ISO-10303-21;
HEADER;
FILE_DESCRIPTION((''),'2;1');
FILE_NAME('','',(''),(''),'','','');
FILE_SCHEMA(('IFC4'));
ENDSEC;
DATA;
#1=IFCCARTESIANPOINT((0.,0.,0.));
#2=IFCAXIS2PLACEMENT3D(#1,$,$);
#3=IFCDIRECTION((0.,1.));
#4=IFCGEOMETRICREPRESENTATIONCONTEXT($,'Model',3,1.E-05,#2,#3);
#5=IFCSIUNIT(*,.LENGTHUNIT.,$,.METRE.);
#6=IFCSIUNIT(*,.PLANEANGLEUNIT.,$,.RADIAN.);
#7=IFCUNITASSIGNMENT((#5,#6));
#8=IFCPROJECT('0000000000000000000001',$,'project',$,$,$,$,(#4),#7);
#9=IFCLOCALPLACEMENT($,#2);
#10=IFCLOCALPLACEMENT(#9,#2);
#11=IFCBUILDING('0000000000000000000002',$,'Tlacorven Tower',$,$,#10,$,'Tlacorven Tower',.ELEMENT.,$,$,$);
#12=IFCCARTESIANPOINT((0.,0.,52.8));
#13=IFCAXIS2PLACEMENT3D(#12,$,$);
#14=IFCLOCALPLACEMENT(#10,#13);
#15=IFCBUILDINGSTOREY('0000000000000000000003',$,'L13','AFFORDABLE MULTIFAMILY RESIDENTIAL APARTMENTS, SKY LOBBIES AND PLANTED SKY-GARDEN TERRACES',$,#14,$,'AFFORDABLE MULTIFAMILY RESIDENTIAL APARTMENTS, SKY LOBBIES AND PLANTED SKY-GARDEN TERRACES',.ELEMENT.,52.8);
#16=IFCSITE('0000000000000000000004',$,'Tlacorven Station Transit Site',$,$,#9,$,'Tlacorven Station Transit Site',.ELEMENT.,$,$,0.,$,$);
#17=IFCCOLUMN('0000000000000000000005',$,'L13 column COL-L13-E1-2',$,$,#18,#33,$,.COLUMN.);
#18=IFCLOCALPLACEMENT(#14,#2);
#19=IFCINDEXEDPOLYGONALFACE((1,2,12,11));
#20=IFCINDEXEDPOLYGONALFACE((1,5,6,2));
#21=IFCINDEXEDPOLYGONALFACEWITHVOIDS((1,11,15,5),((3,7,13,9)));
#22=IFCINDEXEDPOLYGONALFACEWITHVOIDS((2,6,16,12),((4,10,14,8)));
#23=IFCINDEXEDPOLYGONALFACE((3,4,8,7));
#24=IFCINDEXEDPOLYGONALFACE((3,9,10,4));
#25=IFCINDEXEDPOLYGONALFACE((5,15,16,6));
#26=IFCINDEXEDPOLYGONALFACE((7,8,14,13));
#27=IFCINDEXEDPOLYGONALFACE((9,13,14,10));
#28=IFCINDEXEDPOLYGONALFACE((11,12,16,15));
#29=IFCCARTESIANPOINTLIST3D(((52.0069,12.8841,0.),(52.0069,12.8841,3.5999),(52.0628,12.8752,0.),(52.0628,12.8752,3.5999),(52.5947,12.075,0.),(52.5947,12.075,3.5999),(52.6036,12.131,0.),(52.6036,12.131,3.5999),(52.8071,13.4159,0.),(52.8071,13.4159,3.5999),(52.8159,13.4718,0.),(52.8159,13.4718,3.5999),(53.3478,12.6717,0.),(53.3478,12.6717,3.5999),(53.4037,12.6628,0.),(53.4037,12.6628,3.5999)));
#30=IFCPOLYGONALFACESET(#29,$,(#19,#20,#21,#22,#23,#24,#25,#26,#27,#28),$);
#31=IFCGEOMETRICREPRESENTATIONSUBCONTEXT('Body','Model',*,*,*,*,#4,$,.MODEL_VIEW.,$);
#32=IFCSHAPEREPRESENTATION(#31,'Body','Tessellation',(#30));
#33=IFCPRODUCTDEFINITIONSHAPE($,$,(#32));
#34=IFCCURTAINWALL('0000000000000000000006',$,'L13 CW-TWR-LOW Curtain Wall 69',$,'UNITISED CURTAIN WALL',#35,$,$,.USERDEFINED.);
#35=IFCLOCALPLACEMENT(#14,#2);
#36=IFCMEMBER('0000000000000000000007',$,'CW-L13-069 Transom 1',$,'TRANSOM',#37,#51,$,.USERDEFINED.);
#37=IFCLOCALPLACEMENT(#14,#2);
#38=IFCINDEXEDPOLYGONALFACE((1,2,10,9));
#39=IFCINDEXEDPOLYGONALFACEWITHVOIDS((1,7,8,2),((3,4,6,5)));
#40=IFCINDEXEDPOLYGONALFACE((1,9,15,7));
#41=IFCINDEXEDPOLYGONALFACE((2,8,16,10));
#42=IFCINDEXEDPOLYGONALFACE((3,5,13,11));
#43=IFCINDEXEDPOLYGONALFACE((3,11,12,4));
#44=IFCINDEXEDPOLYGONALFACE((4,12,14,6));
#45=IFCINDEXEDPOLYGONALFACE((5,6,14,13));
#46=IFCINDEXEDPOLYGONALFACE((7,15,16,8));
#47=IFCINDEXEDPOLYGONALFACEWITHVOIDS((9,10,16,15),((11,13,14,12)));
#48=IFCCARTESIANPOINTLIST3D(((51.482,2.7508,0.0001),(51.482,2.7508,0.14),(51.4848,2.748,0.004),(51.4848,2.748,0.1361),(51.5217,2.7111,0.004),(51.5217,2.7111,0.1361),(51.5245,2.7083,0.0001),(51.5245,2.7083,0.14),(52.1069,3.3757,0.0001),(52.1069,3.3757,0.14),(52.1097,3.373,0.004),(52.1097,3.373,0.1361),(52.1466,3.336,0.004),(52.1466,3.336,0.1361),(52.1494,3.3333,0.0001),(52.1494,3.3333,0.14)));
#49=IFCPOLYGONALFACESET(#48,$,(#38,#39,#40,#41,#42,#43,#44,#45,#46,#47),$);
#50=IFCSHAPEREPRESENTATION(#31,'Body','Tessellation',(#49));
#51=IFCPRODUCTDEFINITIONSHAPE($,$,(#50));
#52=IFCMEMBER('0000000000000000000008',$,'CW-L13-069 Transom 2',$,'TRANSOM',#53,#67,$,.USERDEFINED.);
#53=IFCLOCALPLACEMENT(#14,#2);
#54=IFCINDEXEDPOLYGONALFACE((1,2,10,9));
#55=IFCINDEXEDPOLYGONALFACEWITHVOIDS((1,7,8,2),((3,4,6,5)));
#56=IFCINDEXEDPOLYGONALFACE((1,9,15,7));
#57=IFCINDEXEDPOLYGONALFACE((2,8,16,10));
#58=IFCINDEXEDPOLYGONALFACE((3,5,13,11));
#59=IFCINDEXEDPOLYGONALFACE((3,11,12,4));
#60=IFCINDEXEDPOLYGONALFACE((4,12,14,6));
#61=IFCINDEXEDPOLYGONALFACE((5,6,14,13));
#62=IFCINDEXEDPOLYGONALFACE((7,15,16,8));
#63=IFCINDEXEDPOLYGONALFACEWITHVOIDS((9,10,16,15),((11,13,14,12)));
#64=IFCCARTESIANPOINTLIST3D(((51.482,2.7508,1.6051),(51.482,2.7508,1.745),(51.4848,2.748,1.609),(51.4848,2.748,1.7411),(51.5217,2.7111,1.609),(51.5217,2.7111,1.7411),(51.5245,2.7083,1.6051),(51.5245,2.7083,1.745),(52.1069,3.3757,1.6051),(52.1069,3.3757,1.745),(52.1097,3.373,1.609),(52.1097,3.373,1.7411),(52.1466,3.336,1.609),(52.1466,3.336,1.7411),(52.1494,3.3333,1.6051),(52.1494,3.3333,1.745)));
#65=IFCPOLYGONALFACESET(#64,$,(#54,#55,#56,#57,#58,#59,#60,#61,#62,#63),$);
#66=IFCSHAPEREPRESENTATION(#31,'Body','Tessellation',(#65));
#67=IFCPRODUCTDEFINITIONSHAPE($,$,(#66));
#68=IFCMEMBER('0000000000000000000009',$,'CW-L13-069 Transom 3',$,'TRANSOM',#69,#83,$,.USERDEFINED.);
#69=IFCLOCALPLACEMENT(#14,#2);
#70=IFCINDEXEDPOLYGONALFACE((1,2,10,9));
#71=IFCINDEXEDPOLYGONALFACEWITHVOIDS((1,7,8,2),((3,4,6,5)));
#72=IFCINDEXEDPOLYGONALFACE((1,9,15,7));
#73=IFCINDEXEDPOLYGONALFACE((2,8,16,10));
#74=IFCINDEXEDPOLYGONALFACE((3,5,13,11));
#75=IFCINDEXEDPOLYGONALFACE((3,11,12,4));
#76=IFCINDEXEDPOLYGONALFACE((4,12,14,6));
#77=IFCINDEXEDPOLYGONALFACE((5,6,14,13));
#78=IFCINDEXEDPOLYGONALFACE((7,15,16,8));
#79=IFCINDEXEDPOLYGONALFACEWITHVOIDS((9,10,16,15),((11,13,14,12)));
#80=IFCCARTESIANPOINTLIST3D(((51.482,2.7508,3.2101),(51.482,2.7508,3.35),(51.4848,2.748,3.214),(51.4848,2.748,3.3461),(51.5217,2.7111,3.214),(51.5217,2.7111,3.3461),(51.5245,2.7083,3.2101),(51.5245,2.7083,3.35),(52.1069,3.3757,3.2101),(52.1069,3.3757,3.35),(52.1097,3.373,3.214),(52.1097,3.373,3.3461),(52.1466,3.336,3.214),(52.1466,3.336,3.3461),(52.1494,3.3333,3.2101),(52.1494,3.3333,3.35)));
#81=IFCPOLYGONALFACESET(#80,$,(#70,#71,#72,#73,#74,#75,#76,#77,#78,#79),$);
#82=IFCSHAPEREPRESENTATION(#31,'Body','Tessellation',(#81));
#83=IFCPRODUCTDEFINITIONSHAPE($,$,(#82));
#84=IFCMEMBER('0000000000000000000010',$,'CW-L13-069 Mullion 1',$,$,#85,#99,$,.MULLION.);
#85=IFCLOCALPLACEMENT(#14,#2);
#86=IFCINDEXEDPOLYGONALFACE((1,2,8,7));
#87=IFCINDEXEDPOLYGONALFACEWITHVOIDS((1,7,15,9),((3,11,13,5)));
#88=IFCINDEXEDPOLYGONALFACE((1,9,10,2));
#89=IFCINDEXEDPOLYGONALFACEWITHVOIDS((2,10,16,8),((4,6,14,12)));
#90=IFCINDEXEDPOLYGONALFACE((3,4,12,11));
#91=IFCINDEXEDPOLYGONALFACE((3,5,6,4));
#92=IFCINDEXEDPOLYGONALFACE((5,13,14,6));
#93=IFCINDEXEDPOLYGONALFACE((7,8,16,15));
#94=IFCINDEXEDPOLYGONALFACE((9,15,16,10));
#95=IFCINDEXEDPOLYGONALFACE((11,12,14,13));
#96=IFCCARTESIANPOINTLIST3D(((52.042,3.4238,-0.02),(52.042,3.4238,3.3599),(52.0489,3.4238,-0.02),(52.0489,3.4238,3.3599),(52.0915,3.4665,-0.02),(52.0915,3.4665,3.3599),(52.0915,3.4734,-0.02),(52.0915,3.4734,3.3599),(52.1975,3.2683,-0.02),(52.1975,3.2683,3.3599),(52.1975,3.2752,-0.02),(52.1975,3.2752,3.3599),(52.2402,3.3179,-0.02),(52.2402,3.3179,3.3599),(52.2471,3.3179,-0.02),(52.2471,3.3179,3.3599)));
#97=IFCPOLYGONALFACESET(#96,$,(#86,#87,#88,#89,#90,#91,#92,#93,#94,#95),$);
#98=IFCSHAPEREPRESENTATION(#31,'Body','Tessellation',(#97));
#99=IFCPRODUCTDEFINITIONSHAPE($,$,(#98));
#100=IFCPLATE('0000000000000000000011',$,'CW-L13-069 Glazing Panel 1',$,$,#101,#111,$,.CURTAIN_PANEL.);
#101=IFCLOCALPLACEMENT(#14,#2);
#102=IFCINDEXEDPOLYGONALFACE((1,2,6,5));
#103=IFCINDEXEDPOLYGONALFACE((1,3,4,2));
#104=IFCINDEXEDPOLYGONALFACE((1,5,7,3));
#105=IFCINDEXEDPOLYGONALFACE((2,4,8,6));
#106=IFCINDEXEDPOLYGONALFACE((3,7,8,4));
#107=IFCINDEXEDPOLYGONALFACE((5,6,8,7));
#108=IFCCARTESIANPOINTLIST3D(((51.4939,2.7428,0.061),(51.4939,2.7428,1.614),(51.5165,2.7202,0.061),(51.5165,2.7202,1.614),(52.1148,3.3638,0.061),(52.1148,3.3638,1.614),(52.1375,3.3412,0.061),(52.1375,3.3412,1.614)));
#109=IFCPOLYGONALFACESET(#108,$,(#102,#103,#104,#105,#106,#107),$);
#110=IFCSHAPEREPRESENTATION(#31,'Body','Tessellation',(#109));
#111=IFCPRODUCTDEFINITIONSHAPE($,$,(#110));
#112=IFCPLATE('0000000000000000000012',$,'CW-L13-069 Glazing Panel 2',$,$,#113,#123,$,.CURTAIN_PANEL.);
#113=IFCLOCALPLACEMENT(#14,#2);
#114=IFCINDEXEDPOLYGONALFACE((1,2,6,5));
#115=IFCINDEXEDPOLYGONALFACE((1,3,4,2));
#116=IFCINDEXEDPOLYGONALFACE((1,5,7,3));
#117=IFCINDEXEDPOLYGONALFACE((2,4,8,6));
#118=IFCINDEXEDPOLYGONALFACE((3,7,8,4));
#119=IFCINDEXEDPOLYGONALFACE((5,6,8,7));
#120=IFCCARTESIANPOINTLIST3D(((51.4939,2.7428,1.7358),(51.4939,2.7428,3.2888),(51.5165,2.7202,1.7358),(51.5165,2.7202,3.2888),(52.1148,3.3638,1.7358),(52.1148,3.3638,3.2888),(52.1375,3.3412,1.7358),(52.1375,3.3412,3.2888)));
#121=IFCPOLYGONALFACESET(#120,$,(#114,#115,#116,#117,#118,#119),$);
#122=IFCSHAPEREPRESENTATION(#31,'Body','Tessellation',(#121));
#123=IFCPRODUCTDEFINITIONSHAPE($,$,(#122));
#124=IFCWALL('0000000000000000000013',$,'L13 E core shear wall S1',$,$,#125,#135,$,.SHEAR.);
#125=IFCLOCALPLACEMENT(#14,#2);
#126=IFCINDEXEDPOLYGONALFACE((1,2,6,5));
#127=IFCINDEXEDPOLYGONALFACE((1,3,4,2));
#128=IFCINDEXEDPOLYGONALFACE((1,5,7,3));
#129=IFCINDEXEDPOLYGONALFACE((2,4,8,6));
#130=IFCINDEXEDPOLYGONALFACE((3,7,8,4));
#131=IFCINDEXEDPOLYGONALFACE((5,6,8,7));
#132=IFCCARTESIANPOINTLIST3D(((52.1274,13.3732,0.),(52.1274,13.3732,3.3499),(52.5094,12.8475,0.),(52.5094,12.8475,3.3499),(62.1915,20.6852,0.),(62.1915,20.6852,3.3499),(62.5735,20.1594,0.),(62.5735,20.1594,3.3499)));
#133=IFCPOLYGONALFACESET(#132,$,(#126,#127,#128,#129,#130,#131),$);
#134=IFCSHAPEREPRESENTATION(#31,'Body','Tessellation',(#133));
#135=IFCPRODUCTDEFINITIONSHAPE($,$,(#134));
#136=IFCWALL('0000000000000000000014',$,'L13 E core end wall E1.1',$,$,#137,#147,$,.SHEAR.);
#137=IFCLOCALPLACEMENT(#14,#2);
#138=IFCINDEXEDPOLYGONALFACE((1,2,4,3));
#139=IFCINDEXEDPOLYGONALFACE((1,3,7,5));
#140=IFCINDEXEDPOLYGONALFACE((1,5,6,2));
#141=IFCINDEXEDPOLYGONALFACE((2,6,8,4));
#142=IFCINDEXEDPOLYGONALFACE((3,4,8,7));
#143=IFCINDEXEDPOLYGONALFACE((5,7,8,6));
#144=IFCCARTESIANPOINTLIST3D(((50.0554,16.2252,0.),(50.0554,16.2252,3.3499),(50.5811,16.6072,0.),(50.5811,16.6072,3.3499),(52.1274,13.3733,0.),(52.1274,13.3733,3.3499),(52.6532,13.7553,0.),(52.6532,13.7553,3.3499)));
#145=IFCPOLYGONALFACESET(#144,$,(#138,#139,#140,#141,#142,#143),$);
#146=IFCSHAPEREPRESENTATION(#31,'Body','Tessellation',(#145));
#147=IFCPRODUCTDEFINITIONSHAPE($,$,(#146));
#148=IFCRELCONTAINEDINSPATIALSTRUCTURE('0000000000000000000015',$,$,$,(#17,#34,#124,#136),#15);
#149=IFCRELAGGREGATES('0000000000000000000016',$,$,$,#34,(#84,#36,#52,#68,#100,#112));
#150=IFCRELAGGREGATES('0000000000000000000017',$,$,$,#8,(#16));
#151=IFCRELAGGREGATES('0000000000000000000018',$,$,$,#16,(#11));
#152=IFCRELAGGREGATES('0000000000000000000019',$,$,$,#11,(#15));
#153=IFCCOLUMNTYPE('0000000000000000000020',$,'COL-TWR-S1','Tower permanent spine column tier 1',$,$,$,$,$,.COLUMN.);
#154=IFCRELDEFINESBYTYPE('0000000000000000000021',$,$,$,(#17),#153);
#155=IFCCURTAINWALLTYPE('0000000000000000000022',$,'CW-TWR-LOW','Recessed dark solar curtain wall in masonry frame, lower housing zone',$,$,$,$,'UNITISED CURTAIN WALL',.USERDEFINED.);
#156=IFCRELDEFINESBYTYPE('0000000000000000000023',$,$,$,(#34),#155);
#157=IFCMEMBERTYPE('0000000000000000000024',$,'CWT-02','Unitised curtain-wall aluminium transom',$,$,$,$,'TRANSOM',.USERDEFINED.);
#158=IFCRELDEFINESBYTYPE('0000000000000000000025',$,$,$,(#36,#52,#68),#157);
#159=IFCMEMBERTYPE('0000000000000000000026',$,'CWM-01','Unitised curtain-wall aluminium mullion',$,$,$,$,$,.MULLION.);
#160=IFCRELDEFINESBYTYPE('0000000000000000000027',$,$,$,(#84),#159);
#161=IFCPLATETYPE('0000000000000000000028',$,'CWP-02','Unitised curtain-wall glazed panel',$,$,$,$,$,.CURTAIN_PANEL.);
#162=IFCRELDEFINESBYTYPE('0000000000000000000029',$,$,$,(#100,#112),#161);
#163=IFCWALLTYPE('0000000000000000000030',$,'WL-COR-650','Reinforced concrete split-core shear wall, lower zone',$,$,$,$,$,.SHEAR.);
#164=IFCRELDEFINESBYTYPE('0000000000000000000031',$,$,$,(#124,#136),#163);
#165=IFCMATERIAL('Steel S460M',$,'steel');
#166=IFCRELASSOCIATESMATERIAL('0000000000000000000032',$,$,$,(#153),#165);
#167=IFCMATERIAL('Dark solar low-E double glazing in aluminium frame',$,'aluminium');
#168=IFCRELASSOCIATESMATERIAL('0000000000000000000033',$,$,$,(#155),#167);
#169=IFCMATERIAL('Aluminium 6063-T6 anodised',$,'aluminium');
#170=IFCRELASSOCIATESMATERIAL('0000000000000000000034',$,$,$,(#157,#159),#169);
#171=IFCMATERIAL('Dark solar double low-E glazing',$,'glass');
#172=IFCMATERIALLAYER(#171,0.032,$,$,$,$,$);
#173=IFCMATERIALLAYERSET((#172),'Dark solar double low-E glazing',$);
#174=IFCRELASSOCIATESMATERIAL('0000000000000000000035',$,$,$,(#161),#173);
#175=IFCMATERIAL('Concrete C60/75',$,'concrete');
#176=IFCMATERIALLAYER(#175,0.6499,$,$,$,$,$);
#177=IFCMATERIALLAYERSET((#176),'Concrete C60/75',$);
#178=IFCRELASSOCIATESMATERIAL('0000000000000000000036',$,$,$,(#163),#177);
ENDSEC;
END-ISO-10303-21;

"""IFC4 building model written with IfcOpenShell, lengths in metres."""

from ifc_helpers import new_model, si_unit, direction, frame, frame_2d, origin, origin_2d, place, context, subcontext, project, spatial, rectangle, hollow_rectangle, extrude, source, transform, mapped, material, layer, layer_set, material_profile, profile_set, type_object, element, aggregate, save


model = new_model("IFC4")

# Units and contexts
model_context = context("Model", 3, precision=1e-05, world=origin(), true_north=direction((0.0, 1.0)))
body_context = subcontext(model_context, "Body", "Model", "MODEL_VIEW")
ifc_project = project(units=[si_unit("LENGTHUNIT", "METRE"), si_unit("PLANEANGLEUNIT", "RADIAN")], contexts=[model_context])

# Site, building, storey
site_placement = place(None, origin())
site = spatial("IfcSite", under=ifc_project, at=site_placement, Name="Tlacorven Station Transit Site", LongName="Tlacorven Station Transit Site", CompositionType="ELEMENT", RefElevation=0.0)
building_placement = place(site_placement, origin())
building = spatial("IfcBuilding", under=site, at=building_placement, Name="Tlacorven Tower", LongName="Tlacorven Tower", CompositionType="ELEMENT")
storey_placement = place(building_placement, frame((0.0, 0.0, 52.8)))
storey = spatial("IfcBuildingStorey", under=building, at=storey_placement, Name="L13", Description="AFFORDABLE MULTIFAMILY RESIDENTIAL APARTMENTS, SKY LOBBIES AND PLANTED SKY-GARDEN TERRACES", LongName="AFFORDABLE MULTIFAMILY RESIDENTIAL APARTMENTS, SKY LOBBIES AND PLANTED SKY-GARDEN TERRACES", CompositionType="ELEMENT", Elevation=52.8)

# Column
ifc_material_1 = material(Name="Steel S460M", Category="steel")
ifc_material_profile_1 = material_profile(ifc_material_1, hollow_rectangle(XDim=1.0, YDim=1.0, WallThickness=0.04, at=origin_2d()), Name="BOX 1000X1000X40")
ifc_profile_set_1 = profile_set([ifc_material_profile_1], Name="Steel S460M")
column_type = type_object("IfcColumnType", Name="COL-TWR-S1", Description="Tower permanent spine column tier 1", PredefinedType="COLUMN", material=ifc_profile_set_1)
shared_shape_1 = source(origin(), body_context, "Body", "SweptSolid", [
    extrude(hollow_rectangle(XDim=1.0, YDim=1.0, WallThickness=0.04, at=origin_2d()), origin(), (0.0, 0.0, 1.0), 3.5999),
])
column_placement = place(storey_placement, frame((52.7053, 12.7734, 0.0), z_axis=(0.0, 0.0, 1.0), x_axis=(0.809017, 0.587785, 0.0)))
element("IfcColumn", 1, at=column_placement, inside=storey, type_object=column_type, Name="L13 column COL-L13-E1-2", PredefinedType="COLUMN", context=body_context, shape_type="MappedRepresentation", body=[
    mapped(shared_shape_1, transform((0.0, 0.0, 0.0), scale=1.0)),
])

# Curtain wall, members, plates
ifc_material_2 = material(Name="Dark solar low-E double glazing in aluminium frame", Category="aluminium")
curtain_wall_type = type_object("IfcCurtainWallType", Name="CW-TWR-LOW", Description="Recessed dark solar curtain wall in masonry frame, lower housing zone", ElementType="UNITISED CURTAIN WALL", PredefinedType="USERDEFINED", material=ifc_material_2)
curtain_wall_placement = place(storey_placement, origin())
curtain_wall = element("IfcCurtainWall", 2, at=curtain_wall_placement, inside=storey, type_object=curtain_wall_type, Name="L13 CW-TWR-LOW Curtain Wall 69", ObjectType="UNITISED CURTAIN WALL", PredefinedType="USERDEFINED")
ifc_material_3 = material(Name="Aluminium 6063-T6 anodised", Category="aluminium")
ifc_material_profile_2 = material_profile(ifc_material_3, hollow_rectangle(XDim=0.0601, YDim=0.1399, WallThickness=0.0039, at=origin_2d()), Name="ALU TRANSOM 60X140")
ifc_profile_set_2 = profile_set([ifc_material_profile_2], Name="Aluminium 6063-T6 anodised")
member_type_1 = type_object("IfcMemberType", Name="CWT-02", Description="Unitised curtain-wall aluminium transom", ElementType="TRANSOM", PredefinedType="USERDEFINED", material=ifc_profile_set_2)
shared_shape_2 = source(origin(), body_context, "Body", "SweptSolid", [
    extrude(hollow_rectangle(XDim=0.0601, YDim=0.1399, WallThickness=0.0039, at=origin_2d()), origin(), (0.0, 0.0, 1.0), 0.8838),
])
member_1_placement = place(storey_placement, frame((52.1282, 3.3545, 0.0701), z_axis=(-0.707107, -0.707107, 0.0), x_axis=(0.707107, -0.707107, 0.0)))
member_1 = element("IfcMember", 3, at=member_1_placement, type_object=member_type_1, Name="CW-L13-069 Transom 1", ObjectType="TRANSOM", PredefinedType="USERDEFINED", context=body_context, shape_type="MappedRepresentation", body=[
    mapped(shared_shape_2, transform((0.0, 0.0, 0.0), scale=1.0)),
])
member_2_placement = place(storey_placement, frame((52.1282, 3.3545, 1.675), z_axis=(-0.707107, -0.707107, 0.0), x_axis=(0.707107, -0.707107, 0.0)))
member_2 = element("IfcMember", 4, at=member_2_placement, type_object=member_type_1, Name="CW-L13-069 Transom 2", ObjectType="TRANSOM", PredefinedType="USERDEFINED", context=body_context, shape_type="MappedRepresentation", body=[
    mapped(shared_shape_2, transform((0.0, 0.0, 0.0), scale=1.0)),
])
member_3_placement = place(storey_placement, frame((52.1282, 3.3545, 3.28), z_axis=(-0.707107, -0.707107, 0.0), x_axis=(0.707107, -0.707107, 0.0)))
member_3 = element("IfcMember", 5, at=member_3_placement, type_object=member_type_1, Name="CW-L13-069 Transom 3", ObjectType="TRANSOM", PredefinedType="USERDEFINED", context=body_context, shape_type="MappedRepresentation", body=[
    mapped(shared_shape_2, transform((0.0, 0.0, 0.0), scale=1.0)),
])
ifc_material_profile_3 = material_profile(ifc_material_3, hollow_rectangle(XDim=0.0701, YDim=0.22, WallThickness=0.0049, at=origin_2d()), Name="ALU MULLION 70X220")
ifc_profile_set_3 = profile_set([ifc_material_profile_3], Name="Aluminium 6063-T6 anodised")
member_type_2 = type_object("IfcMemberType", Name="CWM-01", Description="Unitised curtain-wall aluminium mullion", PredefinedType="MULLION", material=ifc_profile_set_3)
shared_shape_3 = source(origin(), body_context, "Body", "SweptSolid", [
    extrude(hollow_rectangle(XDim=0.0701, YDim=0.22, WallThickness=0.0049, at=origin_2d()), origin(), (0.0, 0.0, 1.0), 3.3799),
])
member_4_placement = place(storey_placement, frame((52.1445, 3.3708, -0.02), z_axis=(0.0, 0.0, 1.0), x_axis=(-0.707107, -0.707107, 0.0)))
member_4 = element("IfcMember", 6, at=member_4_placement, type_object=member_type_2, Name="CW-L13-069 Mullion 1", PredefinedType="MULLION", context=body_context, shape_type="MappedRepresentation", body=[
    mapped(shared_shape_3, transform((0.0, 0.0, 0.0), scale=1.0)),
])
ifc_material_4 = material(Name="Dark solar double low-E glazing", Category="glass")
ifc_layer_1 = layer(ifc_material_4, 0.032)
ifc_layer_set_1 = layer_set([ifc_layer_1], Name="Dark solar double low-E glazing")
plate_type = type_object("IfcPlateType", Name="CWP-02", Description="Unitised curtain-wall glazed panel", PredefinedType="CURTAIN_PANEL", material=ifc_layer_set_1)
shared_shape_4 = source(origin(), body_context, "Body", "SweptSolid", [
    extrude(rectangle(XDim=0.8782, YDim=0.032, at=origin_2d()), origin(), (0.0, 0.0, 1.0), 1.553),
])
plate_1_placement = place(storey_placement, frame((51.8157, 3.042, 0.061), z_axis=(0.0, 0.0, 1.0), x_axis=(-0.707107, -0.707107, 0.0)))
plate_1 = element("IfcPlate", 7, at=plate_1_placement, type_object=plate_type, Name="CW-L13-069 Glazing Panel 1", PredefinedType="CURTAIN_PANEL", context=body_context, shape_type="MappedRepresentation", body=[
    mapped(shared_shape_4, transform((0.0, 0.0, 0.0), scale=1.0)),
])
plate_2_placement = place(storey_placement, frame((51.8157, 3.042, 1.7358), z_axis=(0.0, 0.0, 1.0), x_axis=(-0.707107, -0.707107, 0.0)))
plate_2 = element("IfcPlate", 8, at=plate_2_placement, type_object=plate_type, Name="CW-L13-069 Glazing Panel 2", PredefinedType="CURTAIN_PANEL", context=body_context, shape_type="MappedRepresentation", body=[
    mapped(shared_shape_4, transform((0.0, 0.0, 0.0), scale=1.0)),
])
aggregate(curtain_wall, [member_4, member_1, member_2, member_3, plate_1, plate_2])

# Walls
ifc_material_5 = material(Name="Concrete C60/75", Category="concrete")
ifc_layer_2 = layer(ifc_material_5, 0.6499)
ifc_layer_set_2 = layer_set([ifc_layer_2], Name="Concrete C60/75")
wall_type_1 = type_object("IfcWallType", Name="WL-COR-650", Description="Reinforced concrete split-core shear wall, lower zone", PredefinedType="SHEAR", material=ifc_layer_set_2)
wall_1_placement = place(storey_placement, frame((52.3184, 13.1104, 0.0), z_axis=(0.0, 0.0, 1.0), x_axis=(0.809019, 0.587782, 0.0)))
element("IfcWall", 9, at=wall_1_placement, inside=storey, type_object=wall_type_1, Name="L13 E core shear wall S1", PredefinedType="SHEAR", context=body_context, shape_type="SweptSolid", body=[
    extrude(rectangle(XDim=12.4399, YDim=0.6499, at=frame_2d((6.22, 0.0))), origin(), (0.0, 0.0, 1.0), 3.3499),
])
wall_2_placement = place(storey_placement, frame((52.3904, 13.5642, 0.0), z_axis=(0.0, 0.0, 1.0), x_axis=(-0.587797, 0.809009, 0.0)))
element("IfcWall", 10, at=wall_2_placement, inside=storey, type_object=wall_type_1, Name="L13 E core end wall E1.1", PredefinedType="SHEAR", context=body_context, shape_type="SweptSolid", body=[
    extrude(rectangle(XDim=3.5251, YDim=0.6499, at=frame_2d((1.7627, 0.0))), origin(), (0.0, 0.0, 1.0), 3.3499),
])

save(model, "model.ifc")
